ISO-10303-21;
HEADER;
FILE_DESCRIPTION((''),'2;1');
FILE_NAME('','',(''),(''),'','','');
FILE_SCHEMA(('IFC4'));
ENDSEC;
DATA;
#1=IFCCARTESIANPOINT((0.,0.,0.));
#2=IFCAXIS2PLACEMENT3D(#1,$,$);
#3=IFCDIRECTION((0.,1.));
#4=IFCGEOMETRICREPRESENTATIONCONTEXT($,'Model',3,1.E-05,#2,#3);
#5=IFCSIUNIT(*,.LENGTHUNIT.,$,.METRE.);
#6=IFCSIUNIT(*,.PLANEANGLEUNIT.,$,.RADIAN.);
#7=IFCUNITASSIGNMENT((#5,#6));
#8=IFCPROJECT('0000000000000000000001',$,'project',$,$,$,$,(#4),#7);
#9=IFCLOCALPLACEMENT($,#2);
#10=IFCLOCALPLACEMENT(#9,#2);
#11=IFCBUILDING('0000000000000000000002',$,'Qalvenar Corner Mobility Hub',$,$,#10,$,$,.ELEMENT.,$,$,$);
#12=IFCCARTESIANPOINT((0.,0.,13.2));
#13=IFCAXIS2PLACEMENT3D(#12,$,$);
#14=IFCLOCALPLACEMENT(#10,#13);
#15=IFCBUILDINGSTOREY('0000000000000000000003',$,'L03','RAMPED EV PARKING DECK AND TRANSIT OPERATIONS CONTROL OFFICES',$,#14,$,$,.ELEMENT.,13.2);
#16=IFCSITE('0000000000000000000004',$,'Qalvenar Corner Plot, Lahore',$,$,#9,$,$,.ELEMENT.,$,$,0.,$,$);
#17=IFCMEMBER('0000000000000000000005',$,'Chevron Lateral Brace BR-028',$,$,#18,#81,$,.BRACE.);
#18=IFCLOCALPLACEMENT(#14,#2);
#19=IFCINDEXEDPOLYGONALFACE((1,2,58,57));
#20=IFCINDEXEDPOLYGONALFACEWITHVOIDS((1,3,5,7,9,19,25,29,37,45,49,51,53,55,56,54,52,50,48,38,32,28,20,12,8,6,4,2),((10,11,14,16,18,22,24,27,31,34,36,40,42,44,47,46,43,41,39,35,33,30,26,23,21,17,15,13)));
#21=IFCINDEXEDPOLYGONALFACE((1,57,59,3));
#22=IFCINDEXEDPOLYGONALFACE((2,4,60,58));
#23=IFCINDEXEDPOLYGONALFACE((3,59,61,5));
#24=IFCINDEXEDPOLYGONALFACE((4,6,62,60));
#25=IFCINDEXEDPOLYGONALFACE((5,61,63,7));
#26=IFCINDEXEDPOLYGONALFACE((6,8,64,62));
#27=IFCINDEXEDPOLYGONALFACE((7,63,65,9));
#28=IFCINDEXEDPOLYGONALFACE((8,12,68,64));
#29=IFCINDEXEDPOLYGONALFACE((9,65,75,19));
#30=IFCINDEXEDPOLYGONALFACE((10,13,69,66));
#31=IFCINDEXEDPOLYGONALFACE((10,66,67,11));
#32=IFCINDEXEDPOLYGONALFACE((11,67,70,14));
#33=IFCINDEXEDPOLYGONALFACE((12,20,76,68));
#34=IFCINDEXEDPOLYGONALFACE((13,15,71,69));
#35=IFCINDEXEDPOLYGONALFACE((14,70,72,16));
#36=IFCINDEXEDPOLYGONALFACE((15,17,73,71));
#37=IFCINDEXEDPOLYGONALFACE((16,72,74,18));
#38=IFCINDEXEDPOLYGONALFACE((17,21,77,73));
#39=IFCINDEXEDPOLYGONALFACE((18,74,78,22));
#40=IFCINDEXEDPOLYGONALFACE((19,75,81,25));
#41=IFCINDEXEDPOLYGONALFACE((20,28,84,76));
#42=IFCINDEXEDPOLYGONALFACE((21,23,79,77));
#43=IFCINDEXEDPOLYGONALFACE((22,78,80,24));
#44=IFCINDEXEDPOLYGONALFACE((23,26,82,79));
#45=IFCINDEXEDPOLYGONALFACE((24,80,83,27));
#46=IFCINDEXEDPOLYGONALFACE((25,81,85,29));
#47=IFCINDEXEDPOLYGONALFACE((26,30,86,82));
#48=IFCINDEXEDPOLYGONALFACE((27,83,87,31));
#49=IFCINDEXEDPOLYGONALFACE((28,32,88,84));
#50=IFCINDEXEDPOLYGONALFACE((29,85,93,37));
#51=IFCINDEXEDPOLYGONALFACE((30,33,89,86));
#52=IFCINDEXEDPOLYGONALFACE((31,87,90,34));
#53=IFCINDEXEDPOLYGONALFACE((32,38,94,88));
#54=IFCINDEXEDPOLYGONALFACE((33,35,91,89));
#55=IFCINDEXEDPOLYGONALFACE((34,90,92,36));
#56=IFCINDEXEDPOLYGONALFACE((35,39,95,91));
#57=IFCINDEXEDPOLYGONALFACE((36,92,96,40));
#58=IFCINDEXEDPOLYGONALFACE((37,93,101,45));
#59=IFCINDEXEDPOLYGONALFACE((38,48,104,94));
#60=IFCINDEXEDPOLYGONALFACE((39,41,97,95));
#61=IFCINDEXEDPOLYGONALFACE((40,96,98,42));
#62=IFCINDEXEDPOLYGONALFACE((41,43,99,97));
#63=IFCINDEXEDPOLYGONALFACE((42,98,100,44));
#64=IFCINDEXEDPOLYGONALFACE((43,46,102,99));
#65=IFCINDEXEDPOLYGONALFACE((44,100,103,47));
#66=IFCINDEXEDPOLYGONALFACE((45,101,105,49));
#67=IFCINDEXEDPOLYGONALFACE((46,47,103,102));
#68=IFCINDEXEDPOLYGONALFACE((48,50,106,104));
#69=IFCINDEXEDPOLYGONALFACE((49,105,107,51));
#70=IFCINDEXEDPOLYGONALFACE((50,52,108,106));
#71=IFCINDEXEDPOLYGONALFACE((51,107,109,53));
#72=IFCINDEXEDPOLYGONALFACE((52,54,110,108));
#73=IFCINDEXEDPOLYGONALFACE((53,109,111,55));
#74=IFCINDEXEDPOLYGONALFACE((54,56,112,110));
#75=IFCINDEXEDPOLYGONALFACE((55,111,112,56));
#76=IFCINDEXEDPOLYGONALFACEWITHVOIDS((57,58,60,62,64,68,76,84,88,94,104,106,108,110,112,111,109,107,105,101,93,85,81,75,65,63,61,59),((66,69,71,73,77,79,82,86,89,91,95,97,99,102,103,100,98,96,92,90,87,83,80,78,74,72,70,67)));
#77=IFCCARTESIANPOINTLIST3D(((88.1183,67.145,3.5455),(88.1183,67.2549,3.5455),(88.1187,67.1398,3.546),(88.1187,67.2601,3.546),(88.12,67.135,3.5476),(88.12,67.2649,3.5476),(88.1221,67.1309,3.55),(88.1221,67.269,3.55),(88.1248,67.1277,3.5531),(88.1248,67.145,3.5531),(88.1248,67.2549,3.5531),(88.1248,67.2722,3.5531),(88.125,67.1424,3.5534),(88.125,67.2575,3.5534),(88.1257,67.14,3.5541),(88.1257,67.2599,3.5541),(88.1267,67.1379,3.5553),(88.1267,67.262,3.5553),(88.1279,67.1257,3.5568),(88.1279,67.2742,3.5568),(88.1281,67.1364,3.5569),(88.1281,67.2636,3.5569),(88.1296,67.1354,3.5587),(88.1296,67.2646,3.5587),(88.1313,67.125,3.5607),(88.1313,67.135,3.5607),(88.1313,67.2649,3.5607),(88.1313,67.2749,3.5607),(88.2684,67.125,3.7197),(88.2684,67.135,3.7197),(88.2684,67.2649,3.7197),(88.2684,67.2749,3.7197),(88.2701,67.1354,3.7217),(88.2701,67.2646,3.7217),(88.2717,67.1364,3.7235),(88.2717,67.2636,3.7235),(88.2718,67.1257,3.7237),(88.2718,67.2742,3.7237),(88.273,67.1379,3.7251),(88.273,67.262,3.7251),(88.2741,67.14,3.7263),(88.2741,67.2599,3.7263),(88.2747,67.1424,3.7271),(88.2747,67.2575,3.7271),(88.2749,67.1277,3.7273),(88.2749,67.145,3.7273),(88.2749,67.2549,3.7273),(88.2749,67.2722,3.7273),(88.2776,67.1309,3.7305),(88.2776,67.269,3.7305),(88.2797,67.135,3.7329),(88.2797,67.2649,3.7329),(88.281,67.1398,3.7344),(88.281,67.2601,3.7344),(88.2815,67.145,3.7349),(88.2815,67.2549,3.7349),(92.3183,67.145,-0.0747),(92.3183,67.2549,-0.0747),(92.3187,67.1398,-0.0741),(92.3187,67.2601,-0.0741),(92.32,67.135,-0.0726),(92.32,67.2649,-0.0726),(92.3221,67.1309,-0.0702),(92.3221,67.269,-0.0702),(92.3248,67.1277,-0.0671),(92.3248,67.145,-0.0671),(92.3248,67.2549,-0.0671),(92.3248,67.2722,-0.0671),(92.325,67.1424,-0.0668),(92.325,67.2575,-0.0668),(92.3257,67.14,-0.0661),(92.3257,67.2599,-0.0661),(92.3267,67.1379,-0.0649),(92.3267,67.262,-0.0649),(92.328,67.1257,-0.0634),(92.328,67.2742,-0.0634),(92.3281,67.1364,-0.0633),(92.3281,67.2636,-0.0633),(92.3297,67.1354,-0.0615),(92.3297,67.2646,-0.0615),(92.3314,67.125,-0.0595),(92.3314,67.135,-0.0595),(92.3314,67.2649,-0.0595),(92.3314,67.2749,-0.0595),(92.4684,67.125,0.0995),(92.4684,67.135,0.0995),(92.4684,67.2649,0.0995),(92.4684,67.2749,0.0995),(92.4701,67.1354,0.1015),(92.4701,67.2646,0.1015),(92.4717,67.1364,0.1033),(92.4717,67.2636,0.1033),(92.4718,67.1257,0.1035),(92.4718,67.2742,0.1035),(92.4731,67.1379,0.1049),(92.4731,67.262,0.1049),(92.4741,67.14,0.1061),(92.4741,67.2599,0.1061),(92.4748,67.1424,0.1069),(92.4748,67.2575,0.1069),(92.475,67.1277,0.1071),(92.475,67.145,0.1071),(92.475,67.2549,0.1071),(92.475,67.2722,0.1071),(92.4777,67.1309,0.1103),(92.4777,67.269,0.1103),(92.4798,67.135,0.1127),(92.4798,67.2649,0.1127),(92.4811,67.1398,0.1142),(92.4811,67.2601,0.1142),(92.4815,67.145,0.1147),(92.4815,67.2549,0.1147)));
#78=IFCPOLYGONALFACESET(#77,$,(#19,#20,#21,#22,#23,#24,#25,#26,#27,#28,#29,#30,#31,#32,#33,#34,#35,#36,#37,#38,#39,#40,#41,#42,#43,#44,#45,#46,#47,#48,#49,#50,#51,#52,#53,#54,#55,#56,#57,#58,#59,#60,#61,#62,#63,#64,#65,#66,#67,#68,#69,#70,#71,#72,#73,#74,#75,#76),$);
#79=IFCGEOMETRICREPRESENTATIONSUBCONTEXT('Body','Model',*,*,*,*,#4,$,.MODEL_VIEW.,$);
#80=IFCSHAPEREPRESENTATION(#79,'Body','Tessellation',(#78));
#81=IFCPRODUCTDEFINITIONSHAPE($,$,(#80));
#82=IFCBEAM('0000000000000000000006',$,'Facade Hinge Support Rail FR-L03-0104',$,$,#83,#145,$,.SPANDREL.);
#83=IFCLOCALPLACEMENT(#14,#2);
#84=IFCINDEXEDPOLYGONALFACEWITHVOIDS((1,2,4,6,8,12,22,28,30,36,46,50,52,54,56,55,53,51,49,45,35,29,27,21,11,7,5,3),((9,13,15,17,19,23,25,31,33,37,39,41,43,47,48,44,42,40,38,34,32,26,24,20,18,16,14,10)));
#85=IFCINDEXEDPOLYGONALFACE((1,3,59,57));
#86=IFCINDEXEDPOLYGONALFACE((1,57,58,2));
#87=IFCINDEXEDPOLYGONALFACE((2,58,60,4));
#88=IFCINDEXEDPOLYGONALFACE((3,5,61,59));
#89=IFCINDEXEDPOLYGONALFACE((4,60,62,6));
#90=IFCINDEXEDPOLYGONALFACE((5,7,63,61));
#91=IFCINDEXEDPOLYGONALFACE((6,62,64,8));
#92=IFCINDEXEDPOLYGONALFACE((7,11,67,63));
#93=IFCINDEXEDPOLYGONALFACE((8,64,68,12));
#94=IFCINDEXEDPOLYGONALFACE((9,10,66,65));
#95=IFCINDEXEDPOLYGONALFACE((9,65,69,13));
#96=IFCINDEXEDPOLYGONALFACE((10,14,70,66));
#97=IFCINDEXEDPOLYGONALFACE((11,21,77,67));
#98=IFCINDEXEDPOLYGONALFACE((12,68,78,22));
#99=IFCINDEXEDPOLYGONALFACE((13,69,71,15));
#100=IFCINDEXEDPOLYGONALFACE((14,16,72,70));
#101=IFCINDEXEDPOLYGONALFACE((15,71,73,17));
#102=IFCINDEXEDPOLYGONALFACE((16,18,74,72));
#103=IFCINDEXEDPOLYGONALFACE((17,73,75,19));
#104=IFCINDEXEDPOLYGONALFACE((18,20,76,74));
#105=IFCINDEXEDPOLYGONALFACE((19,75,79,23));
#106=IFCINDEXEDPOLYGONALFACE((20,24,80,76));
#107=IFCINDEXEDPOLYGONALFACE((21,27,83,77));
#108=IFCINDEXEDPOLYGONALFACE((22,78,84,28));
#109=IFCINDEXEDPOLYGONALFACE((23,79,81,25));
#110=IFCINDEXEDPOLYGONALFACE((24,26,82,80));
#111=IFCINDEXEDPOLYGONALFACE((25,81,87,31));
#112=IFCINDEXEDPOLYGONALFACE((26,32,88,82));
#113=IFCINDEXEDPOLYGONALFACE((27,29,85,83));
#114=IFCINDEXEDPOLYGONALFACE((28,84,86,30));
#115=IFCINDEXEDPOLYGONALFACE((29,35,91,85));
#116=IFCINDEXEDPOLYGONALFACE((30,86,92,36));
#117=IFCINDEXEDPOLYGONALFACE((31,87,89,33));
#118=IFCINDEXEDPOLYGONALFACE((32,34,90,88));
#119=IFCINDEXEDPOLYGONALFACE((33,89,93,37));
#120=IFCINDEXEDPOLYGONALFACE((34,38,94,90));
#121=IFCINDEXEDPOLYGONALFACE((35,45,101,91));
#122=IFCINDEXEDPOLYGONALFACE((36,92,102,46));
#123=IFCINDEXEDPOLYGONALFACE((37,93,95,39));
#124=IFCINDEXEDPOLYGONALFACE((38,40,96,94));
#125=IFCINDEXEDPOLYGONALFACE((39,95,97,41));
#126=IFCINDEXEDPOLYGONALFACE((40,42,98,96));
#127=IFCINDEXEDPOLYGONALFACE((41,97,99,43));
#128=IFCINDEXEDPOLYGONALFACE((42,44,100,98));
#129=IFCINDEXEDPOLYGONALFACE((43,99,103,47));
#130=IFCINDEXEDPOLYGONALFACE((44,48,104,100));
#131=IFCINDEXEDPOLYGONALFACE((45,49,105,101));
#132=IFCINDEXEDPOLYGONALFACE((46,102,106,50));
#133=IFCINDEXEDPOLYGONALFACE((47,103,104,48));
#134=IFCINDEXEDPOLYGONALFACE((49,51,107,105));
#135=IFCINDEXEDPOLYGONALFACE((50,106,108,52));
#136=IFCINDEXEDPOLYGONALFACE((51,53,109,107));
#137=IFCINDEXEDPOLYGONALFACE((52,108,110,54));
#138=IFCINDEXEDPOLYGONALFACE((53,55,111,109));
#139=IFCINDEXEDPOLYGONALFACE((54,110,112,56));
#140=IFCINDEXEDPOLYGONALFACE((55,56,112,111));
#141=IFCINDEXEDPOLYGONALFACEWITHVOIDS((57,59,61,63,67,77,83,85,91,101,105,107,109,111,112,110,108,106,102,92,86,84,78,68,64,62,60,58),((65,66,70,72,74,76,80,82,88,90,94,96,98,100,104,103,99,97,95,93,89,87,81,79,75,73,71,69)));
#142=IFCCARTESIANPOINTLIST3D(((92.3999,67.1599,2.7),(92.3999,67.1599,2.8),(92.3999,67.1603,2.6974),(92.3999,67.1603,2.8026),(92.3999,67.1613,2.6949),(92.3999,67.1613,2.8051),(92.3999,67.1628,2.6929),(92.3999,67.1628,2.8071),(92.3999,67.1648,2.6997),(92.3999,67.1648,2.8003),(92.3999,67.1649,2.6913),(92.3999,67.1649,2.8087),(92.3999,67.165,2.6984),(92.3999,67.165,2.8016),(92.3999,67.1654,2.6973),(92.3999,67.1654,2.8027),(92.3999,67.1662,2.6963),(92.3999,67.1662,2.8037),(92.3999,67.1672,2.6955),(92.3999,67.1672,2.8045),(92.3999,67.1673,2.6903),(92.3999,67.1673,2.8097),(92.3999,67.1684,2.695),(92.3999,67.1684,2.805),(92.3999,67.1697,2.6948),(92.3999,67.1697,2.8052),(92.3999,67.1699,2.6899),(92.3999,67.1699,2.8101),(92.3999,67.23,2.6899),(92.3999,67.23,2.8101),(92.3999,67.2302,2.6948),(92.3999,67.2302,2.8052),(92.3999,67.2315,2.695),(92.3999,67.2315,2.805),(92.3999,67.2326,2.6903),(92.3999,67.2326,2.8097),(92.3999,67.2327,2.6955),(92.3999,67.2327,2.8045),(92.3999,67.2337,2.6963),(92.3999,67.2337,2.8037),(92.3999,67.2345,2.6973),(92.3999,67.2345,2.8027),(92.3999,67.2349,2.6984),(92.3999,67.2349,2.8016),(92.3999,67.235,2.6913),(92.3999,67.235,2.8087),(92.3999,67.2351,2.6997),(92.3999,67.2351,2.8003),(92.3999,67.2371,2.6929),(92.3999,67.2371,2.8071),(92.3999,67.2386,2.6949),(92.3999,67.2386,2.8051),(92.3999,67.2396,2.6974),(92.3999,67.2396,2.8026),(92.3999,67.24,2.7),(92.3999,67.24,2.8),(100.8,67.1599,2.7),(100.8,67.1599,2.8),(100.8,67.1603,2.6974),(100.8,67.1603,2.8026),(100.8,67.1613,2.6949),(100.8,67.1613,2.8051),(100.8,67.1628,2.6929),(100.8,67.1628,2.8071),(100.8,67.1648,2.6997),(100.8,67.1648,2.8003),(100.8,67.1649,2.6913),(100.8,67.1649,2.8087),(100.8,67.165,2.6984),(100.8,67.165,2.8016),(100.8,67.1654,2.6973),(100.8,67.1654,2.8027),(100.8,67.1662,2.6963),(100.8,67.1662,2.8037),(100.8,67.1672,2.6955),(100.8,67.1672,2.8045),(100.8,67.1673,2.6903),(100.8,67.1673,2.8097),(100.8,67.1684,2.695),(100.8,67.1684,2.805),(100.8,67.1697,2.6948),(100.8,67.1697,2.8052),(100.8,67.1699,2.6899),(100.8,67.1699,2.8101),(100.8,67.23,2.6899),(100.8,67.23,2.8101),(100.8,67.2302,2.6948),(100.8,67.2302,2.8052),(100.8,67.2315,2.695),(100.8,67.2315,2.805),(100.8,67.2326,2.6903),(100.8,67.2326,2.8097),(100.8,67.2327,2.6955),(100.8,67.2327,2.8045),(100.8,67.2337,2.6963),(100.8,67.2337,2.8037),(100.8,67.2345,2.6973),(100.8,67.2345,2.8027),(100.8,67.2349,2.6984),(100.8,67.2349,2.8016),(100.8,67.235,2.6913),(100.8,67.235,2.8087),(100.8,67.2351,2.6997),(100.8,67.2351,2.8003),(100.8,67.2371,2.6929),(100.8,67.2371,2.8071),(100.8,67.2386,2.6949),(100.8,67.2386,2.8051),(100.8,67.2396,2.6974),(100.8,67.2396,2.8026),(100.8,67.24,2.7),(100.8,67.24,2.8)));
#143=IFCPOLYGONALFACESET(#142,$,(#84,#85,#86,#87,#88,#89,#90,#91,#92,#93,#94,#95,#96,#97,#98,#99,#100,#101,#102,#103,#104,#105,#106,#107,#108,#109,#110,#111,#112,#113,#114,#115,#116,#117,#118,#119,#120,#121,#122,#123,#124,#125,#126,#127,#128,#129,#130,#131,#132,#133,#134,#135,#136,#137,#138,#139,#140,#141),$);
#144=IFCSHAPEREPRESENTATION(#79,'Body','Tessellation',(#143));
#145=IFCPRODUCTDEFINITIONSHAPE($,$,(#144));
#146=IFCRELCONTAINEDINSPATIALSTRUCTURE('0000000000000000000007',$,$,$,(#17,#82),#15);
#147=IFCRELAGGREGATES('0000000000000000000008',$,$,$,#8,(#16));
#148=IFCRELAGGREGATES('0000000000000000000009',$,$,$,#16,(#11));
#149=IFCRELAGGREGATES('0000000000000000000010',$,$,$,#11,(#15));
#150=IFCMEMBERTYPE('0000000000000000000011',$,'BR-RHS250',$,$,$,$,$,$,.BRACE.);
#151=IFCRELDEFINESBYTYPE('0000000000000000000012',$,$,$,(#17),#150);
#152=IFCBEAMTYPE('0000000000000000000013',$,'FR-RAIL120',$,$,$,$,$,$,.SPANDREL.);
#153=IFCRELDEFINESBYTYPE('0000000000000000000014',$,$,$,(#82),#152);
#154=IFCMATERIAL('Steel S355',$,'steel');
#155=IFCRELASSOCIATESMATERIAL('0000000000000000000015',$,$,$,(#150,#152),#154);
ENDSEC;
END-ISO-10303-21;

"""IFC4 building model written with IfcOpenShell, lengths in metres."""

from ifc_helpers import new_model, si_unit, direction, frame, origin, origin_2d, place, context, subcontext, project, spatial, hollow_rectangle, extrude, material, material_profile, profile_set, type_object, element, save


model = new_model("IFC4")

# Units and contexts
model_context = context("Model", 3, precision=1e-05, world=origin(), true_north=direction((0.0, 1.0)))
body_context = subcontext(model_context, "Body", "Model", "MODEL_VIEW")
ifc_project = project(units=[si_unit("LENGTHUNIT", "METRE"), si_unit("PLANEANGLEUNIT", "RADIAN")], contexts=[model_context])

# Site, building, storey
site_placement = place(None, origin())
site = spatial("IfcSite", under=ifc_project, at=site_placement, Name="Qalvenar Corner Plot, Lahore", CompositionType="ELEMENT", RefElevation=0.0)
building_placement = place(site_placement, origin())
building = spatial("IfcBuilding", under=site, at=building_placement, Name="Qalvenar Corner Mobility Hub", CompositionType="ELEMENT")
storey_placement = place(building_placement, frame((0.0, 0.0, 13.2)))
storey = spatial("IfcBuildingStorey", under=building, at=storey_placement, Name="L03", Description="RAMPED EV PARKING DECK AND TRANSIT OPERATIONS CONTROL OFFICES", CompositionType="ELEMENT", Elevation=13.2)

# Shared definitions
ifc_material = material(Name="Steel S355", Category="steel")

# Member
ifc_material_profile_1 = material_profile(ifc_material, hollow_rectangle(XDim=0.1499, YDim=0.25, WallThickness=0.01, InnerFilletRadius=0.01, OuterFilletRadius=0.02, at=origin_2d()), Name="RHS250x150x10")
ifc_profile_set_1 = profile_set([ifc_material_profile_1], Name="Steel S355")
member_type = type_object("IfcMemberType", Name="BR-RHS250", PredefinedType="BRACE", material=ifc_profile_set_1)
member_placement = place(storey_placement, frame((92.3999, 67.2, 0.02), z_axis=(-0.757457, 0.0, 0.652885), x_axis=(0.0, -1.0, 0.0)))
element("IfcMember", 1, at=member_placement, inside=storey, type_object=member_type, Name="Chevron Lateral Brace BR-028", PredefinedType="BRACE", context=body_context, shape_type="SweptSolid", body=[
    extrude(hollow_rectangle(XDim=0.1499, YDim=0.25, WallThickness=0.01, InnerFilletRadius=0.01, OuterFilletRadius=0.02, at=origin_2d()), origin(), (0.0, 0.0, 1.0), 5.5449),
])

# Beam
ifc_material_profile_2 = material_profile(ifc_material, hollow_rectangle(XDim=0.0801, YDim=0.1201, WallThickness=0.0049, InnerFilletRadius=0.0049, OuterFilletRadius=0.01, at=origin_2d()), Name="RHS120x80x5")
ifc_profile_set_2 = profile_set([ifc_material_profile_2], Name="Steel S355")
beam_type_1 = type_object("IfcBeamType", Name="FR-RAIL120", PredefinedType="SPANDREL", material=ifc_profile_set_2)
beam_1_placement = place(storey_placement, frame((92.3999, 67.2, 2.75), z_axis=(1.0, 0.0, 0.0), x_axis=(0.0, 1.0, 0.0)))
element("IfcBeam", 2, at=beam_1_placement, inside=storey, type_object=beam_type_1, Name="Facade Hinge Support Rail FR-L03-0104", PredefinedType="SPANDREL", context=body_context, shape_type="SweptSolid", body=[
    extrude(hollow_rectangle(XDim=0.0801, YDim=0.1201, WallThickness=0.0049, InnerFilletRadius=0.0049, OuterFilletRadius=0.01, at=origin_2d()), origin(), (0.0, 0.0, 1.0), 8.4001),
])

save(model, "model.ifc")
